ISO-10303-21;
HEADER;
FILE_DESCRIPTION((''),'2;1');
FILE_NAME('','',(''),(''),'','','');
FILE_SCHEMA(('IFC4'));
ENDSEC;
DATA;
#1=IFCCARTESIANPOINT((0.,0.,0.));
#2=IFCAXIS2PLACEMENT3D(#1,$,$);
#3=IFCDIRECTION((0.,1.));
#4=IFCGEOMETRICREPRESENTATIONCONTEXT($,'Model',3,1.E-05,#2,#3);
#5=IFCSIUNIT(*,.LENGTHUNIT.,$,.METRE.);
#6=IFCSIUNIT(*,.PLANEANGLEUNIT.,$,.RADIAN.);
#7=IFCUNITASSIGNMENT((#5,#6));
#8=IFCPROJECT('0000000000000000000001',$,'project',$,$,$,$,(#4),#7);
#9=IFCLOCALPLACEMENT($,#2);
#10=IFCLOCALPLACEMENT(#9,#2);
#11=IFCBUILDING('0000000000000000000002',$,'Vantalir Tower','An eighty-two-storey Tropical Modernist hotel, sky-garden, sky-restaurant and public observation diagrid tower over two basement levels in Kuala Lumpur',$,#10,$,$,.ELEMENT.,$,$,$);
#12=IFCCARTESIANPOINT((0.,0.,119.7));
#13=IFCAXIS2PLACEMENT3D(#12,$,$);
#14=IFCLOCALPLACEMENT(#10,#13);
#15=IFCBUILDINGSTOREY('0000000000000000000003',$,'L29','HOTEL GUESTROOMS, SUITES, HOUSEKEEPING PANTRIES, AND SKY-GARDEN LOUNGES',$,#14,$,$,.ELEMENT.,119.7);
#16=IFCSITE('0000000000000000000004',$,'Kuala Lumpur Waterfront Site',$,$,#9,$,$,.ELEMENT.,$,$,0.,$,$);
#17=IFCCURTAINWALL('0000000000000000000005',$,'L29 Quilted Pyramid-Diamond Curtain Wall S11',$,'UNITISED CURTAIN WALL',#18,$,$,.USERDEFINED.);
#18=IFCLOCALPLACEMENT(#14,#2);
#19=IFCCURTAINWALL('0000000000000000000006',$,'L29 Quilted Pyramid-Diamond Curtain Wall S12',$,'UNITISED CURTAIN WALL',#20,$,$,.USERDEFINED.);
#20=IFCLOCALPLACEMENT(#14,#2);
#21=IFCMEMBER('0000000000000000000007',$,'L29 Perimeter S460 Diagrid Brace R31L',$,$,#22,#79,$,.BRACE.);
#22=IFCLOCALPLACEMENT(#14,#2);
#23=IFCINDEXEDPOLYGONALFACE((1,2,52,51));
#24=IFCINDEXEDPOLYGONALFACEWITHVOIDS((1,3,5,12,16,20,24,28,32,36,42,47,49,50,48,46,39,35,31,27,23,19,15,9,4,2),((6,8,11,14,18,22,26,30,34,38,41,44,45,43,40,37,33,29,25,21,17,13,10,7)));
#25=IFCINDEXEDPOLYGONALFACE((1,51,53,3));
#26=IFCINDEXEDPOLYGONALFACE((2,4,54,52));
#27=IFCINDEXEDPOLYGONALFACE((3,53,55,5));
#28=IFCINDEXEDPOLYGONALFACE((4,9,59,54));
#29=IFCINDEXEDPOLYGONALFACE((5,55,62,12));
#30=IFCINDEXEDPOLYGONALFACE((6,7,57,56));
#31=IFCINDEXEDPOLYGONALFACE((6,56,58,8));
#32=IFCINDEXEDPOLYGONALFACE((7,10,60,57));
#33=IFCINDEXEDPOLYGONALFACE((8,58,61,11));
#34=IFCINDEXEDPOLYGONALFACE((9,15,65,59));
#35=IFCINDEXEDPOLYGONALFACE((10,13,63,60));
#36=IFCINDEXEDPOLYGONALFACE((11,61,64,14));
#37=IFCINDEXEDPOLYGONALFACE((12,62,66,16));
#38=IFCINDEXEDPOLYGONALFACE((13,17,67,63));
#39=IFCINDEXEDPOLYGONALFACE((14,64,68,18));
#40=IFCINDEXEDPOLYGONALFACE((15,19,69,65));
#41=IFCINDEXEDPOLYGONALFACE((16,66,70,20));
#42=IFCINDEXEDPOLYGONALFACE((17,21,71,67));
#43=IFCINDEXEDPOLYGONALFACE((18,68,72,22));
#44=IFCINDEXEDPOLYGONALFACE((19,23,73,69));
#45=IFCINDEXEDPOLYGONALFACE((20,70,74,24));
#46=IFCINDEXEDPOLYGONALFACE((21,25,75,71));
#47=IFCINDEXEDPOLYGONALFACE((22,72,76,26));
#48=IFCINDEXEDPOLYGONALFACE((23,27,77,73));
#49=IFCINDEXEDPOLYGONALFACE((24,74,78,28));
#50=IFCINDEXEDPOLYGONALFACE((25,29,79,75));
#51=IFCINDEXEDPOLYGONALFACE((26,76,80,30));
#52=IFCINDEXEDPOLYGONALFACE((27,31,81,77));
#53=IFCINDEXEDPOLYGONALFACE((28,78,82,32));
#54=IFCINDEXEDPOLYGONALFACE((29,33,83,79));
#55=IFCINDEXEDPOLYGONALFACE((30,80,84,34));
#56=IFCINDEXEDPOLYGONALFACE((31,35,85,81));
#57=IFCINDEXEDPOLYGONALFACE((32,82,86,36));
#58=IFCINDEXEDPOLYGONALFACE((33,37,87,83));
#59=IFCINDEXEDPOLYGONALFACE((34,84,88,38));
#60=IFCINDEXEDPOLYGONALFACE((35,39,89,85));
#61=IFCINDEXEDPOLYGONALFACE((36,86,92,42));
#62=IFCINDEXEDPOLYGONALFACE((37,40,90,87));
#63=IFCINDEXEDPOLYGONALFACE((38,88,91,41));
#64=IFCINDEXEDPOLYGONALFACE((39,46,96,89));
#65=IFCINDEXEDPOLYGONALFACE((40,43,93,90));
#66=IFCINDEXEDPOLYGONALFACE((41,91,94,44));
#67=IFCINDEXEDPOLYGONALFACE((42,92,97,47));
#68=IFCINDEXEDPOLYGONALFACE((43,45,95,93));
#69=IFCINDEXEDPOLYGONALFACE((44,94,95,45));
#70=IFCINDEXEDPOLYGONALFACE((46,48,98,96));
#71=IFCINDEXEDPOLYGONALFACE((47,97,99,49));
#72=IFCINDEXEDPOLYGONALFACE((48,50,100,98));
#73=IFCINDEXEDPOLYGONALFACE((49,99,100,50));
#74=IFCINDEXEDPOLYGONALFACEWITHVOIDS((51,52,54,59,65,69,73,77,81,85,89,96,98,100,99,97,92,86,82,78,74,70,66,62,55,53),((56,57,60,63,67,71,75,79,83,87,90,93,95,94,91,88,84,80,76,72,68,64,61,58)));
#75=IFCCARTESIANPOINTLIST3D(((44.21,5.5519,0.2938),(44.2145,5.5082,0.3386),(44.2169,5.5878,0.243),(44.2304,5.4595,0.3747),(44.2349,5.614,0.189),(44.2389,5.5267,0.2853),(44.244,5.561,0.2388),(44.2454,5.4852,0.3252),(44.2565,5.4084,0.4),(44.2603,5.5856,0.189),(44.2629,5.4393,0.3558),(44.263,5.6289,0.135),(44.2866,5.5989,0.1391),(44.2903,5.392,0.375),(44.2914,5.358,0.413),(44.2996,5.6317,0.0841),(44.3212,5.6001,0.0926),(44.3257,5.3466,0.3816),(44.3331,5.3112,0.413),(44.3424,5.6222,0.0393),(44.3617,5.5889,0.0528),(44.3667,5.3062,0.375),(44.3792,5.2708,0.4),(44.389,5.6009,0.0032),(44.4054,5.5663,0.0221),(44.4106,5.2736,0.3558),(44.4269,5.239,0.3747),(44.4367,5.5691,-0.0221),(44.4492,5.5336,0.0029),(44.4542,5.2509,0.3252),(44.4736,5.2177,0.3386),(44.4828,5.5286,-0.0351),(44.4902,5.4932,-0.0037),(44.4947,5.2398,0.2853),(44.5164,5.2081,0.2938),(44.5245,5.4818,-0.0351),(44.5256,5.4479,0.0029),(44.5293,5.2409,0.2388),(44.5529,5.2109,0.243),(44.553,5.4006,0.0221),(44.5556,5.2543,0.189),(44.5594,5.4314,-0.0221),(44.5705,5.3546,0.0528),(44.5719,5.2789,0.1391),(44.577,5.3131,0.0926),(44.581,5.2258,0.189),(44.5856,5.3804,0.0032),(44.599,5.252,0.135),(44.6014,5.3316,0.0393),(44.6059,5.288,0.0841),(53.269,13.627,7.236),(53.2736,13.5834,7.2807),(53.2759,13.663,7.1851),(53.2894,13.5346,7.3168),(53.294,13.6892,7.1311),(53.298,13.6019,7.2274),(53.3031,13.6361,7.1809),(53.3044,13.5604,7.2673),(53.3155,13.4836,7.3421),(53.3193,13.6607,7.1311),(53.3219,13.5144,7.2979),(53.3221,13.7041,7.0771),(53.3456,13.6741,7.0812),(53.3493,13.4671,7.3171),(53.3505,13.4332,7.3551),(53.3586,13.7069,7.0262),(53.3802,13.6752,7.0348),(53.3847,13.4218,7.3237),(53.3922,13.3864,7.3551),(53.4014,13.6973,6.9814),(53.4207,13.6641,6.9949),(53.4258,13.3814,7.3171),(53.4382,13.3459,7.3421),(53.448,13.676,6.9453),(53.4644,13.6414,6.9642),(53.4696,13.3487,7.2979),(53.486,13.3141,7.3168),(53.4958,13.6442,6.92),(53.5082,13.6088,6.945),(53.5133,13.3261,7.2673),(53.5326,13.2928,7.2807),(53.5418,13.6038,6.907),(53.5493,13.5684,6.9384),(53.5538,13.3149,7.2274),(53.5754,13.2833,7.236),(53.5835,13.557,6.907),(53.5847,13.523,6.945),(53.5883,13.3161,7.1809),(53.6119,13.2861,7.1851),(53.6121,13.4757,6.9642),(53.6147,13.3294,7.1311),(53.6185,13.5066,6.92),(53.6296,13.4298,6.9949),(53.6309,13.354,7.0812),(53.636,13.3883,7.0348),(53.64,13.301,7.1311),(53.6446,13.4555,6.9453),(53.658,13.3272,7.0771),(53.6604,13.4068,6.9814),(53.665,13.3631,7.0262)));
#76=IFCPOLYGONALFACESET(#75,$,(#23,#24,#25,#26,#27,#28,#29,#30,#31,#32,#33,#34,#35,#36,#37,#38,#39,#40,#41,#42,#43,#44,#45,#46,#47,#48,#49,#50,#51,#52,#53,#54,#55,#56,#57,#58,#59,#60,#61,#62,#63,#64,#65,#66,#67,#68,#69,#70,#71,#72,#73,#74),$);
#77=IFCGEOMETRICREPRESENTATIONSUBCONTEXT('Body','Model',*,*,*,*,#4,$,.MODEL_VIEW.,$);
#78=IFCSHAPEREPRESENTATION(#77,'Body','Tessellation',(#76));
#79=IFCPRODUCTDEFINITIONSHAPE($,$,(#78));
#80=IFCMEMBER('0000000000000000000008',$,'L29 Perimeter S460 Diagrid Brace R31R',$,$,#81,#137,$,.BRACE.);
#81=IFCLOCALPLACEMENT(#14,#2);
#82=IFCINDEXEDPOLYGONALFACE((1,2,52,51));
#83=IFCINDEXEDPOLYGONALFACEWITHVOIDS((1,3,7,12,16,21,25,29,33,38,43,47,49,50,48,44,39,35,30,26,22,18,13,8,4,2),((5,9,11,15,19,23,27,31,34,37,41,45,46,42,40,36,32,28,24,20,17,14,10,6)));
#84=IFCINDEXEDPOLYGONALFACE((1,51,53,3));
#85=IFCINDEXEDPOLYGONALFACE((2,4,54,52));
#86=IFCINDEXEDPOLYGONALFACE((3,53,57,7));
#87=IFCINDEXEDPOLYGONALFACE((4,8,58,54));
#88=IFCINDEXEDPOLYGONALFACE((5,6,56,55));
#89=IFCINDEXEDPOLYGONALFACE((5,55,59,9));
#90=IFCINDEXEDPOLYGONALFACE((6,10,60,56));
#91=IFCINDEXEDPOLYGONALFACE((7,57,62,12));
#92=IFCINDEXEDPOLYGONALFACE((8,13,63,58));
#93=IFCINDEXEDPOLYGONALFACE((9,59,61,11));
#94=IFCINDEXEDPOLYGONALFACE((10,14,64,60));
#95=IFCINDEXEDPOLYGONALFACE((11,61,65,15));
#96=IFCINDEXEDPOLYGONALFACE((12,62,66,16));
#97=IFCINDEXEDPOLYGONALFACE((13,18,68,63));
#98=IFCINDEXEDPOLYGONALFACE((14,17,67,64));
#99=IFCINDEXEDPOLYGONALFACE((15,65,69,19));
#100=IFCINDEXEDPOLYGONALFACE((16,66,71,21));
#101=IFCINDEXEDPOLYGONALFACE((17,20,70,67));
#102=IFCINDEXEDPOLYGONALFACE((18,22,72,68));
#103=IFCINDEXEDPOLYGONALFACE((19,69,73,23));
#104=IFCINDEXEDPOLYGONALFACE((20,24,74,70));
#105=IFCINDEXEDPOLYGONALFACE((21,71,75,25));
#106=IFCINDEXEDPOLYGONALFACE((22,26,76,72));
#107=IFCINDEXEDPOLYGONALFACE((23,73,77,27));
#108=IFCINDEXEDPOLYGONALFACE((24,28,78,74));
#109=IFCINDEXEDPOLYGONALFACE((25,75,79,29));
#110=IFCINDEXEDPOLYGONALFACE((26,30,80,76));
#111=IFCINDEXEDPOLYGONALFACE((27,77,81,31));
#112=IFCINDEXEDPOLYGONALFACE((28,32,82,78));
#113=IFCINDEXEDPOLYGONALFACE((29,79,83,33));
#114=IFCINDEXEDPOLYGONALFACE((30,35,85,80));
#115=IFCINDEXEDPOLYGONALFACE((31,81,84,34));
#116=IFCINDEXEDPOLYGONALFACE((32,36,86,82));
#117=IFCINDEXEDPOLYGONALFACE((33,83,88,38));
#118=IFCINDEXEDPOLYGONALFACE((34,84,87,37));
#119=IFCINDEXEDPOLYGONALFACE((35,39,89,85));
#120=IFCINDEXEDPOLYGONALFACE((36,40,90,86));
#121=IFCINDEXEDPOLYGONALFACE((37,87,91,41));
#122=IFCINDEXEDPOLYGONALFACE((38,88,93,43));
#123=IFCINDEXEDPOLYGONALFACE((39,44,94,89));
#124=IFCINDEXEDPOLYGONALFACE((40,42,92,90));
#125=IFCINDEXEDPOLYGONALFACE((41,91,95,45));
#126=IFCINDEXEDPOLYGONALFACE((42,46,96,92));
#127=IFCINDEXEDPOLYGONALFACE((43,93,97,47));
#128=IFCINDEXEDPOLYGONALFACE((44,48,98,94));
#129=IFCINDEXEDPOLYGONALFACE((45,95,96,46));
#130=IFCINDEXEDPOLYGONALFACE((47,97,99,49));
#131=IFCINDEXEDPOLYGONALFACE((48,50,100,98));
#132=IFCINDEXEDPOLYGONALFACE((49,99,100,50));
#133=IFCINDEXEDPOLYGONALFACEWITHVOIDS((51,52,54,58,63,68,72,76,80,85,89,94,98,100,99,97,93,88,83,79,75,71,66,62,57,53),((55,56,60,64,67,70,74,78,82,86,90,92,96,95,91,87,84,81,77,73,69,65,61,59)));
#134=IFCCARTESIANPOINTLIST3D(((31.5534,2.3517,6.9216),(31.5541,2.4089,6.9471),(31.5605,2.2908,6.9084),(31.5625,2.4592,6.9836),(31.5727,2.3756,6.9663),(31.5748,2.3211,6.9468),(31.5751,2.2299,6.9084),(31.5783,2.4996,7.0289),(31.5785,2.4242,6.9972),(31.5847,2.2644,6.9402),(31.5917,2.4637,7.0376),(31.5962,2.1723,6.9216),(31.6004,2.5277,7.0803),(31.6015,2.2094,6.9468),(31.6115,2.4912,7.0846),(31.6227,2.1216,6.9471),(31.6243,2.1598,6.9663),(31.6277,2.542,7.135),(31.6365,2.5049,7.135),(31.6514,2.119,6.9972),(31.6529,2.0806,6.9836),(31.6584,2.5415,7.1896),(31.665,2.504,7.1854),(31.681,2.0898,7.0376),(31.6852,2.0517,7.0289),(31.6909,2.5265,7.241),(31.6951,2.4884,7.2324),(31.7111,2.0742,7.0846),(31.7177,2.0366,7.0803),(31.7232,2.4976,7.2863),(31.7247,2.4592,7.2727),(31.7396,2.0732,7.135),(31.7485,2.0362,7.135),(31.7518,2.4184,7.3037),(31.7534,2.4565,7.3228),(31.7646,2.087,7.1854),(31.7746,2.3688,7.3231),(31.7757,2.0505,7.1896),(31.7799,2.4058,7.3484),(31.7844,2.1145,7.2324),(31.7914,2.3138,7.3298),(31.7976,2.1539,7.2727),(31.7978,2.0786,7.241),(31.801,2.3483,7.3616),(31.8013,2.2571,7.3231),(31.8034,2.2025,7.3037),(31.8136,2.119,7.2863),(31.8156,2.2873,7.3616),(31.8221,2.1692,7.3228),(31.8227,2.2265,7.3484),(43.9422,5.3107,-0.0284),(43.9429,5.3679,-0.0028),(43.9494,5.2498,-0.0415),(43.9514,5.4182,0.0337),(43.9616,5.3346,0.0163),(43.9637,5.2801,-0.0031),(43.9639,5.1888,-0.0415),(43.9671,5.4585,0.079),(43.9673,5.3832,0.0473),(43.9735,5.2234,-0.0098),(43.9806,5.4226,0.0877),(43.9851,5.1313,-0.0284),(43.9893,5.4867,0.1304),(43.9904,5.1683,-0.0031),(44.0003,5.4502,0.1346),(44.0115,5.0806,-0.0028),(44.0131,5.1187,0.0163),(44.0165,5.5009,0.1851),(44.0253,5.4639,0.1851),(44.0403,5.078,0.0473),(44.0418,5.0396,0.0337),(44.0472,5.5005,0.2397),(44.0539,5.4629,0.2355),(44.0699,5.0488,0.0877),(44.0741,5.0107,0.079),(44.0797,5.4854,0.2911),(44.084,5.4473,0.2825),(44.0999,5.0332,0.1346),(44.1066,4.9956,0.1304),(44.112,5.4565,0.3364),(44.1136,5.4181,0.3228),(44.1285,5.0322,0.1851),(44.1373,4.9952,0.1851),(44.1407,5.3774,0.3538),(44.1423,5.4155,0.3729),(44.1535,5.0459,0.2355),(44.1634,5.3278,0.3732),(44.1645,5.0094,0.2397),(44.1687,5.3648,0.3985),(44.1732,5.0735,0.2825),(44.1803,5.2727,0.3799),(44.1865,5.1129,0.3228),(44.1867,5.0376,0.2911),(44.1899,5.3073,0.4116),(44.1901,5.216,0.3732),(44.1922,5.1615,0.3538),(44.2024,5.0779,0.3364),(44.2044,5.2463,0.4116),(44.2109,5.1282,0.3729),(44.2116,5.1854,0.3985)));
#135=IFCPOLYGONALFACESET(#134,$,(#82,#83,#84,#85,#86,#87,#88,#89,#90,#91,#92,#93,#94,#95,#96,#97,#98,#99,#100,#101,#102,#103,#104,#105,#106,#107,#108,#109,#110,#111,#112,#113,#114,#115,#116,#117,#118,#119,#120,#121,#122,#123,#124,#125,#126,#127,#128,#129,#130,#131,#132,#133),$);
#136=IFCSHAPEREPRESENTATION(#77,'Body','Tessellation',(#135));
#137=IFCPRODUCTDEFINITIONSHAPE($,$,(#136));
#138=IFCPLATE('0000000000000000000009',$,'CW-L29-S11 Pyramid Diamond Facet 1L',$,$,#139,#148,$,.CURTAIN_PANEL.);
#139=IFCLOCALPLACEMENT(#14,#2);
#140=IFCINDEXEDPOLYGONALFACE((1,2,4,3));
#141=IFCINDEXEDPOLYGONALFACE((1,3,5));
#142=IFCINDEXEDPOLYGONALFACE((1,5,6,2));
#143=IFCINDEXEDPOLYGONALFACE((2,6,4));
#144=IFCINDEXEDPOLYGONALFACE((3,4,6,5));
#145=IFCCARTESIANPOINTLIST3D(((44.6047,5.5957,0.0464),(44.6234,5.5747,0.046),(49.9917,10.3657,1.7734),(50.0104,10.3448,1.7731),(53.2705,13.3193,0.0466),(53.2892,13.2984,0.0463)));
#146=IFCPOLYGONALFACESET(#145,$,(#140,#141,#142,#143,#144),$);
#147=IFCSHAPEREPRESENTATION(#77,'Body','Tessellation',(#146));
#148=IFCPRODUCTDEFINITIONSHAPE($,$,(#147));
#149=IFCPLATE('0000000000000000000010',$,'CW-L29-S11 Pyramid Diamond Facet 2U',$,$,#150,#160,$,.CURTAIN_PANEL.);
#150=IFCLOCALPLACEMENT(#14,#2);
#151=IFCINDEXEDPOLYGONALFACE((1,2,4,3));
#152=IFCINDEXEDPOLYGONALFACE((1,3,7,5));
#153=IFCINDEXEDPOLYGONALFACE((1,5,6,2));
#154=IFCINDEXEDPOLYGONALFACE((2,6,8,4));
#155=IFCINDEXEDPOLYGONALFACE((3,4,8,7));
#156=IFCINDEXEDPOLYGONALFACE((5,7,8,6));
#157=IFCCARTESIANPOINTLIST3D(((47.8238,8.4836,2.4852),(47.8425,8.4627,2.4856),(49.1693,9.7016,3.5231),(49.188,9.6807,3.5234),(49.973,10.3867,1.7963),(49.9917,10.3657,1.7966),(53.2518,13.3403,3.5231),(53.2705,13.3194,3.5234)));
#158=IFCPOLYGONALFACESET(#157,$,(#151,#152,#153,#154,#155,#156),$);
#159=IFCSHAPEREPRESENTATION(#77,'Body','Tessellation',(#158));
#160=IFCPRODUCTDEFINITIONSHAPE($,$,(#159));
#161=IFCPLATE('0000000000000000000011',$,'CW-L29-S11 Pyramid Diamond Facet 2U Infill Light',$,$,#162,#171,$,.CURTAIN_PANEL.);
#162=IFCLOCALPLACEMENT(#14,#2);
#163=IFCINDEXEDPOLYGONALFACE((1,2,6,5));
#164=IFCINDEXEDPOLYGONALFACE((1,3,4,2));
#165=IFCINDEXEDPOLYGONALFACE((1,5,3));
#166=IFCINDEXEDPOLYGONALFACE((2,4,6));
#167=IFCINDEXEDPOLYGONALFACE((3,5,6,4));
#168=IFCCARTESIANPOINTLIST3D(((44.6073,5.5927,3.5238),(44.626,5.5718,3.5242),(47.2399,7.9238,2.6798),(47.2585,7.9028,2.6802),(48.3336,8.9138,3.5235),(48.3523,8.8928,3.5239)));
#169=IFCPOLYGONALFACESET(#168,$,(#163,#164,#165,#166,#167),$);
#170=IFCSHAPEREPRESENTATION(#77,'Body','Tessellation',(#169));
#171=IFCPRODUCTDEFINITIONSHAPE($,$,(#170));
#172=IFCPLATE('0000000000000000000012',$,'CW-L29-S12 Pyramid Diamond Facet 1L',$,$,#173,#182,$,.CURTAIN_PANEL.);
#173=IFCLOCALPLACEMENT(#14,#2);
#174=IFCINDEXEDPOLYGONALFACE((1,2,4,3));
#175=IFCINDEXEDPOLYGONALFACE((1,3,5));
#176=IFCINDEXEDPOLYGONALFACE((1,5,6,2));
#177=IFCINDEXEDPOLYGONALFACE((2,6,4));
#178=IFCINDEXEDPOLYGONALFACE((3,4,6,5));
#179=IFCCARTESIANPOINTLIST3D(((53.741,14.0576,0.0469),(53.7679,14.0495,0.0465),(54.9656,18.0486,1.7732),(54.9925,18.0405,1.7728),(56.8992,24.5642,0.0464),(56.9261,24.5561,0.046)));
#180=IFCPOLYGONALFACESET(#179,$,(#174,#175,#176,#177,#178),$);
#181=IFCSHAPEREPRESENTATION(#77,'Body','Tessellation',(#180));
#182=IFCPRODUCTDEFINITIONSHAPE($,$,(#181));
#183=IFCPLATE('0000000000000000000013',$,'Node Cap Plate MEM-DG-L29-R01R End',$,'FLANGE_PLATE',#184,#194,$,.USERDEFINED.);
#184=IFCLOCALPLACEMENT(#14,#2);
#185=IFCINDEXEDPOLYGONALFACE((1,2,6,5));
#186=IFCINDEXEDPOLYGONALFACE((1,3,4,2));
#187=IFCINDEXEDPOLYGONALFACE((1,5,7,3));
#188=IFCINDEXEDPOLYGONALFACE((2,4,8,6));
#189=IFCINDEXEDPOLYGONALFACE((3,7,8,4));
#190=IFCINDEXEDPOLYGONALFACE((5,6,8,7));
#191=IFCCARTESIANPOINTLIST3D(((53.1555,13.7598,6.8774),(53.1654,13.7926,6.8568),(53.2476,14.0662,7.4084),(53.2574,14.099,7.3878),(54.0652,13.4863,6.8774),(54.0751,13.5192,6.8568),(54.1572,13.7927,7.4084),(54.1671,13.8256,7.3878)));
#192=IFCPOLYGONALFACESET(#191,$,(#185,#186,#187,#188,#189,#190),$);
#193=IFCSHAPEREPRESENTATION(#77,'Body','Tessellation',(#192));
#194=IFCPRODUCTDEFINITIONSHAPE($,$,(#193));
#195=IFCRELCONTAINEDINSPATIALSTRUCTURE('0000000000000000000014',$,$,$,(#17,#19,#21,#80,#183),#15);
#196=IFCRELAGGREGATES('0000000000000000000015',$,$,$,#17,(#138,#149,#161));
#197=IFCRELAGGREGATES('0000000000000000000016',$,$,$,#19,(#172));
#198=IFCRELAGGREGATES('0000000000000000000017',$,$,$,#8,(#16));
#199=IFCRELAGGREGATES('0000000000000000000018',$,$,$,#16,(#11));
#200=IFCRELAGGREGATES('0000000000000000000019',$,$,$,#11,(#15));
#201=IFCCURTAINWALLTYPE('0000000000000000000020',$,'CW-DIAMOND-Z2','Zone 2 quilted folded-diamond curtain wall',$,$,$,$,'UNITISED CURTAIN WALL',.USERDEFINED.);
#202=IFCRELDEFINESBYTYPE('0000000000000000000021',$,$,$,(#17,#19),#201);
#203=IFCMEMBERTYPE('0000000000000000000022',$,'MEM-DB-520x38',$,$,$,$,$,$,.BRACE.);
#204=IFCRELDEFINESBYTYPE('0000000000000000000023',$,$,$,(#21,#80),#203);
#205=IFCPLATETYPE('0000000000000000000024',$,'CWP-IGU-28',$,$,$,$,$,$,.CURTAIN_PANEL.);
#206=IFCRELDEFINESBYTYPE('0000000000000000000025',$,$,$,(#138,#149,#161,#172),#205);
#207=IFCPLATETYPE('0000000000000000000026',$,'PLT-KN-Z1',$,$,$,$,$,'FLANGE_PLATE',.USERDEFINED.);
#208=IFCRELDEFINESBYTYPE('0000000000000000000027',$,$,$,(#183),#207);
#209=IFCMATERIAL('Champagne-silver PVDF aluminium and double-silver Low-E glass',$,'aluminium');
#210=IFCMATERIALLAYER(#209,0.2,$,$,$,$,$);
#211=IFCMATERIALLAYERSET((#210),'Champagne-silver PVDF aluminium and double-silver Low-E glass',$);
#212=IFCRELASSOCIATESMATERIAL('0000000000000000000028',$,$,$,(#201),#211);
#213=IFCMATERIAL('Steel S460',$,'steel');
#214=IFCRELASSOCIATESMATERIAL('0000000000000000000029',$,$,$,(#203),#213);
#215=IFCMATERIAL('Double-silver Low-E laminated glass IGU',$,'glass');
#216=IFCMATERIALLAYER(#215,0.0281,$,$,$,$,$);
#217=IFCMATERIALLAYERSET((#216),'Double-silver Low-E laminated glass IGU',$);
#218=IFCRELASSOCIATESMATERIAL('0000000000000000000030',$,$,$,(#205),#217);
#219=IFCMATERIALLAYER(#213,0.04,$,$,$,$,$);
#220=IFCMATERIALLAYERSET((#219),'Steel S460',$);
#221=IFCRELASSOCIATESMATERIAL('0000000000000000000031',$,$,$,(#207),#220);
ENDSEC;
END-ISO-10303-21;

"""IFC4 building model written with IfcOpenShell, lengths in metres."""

from ifc_helpers import new_model, si_unit, direction, frame, origin, origin_2d, place, context, subcontext, project, spatial, polyline, hollow_circle, outline, extrude, material, layer, layer_set, material_profile, profile_set, type_object, element, aggregate, save


model = new_model("IFC4")

# Units and contexts
model_context = context("Model", 3, precision=1e-05, world=origin(), true_north=direction((0.0, 1.0)))
body_context = subcontext(model_context, "Body", "Model", "MODEL_VIEW")
ifc_project = project(units=[si_unit("LENGTHUNIT", "METRE"), si_unit("PLANEANGLEUNIT", "RADIAN")], contexts=[model_context])

# Site, building, storey
site_placement = place(None, origin())
site = spatial("IfcSite", under=ifc_project, at=site_placement, Name="Kuala Lumpur Waterfront Site", CompositionType="ELEMENT", RefElevation=0.0)
building_placement = place(site_placement, origin())
building = spatial("IfcBuilding", under=site, at=building_placement, Name="Vantalir Tower", Description="An eighty-two-storey Tropical Modernist hotel, sky-garden, sky-restaurant and public observation diagrid tower over two basement levels in Kuala Lumpur", CompositionType="ELEMENT")
storey_placement = place(building_placement, frame((0.0, 0.0, 119.7)))
storey = spatial("IfcBuildingStorey", under=building, at=storey_placement, Name="L29", Description="HOTEL GUESTROOMS, SUITES, HOUSEKEEPING PANTRIES, AND SKY-GARDEN LOUNGES", CompositionType="ELEMENT", Elevation=119.7)

# Shared definitions
ifc_material_1 = material(Name="Steel S460", Category="steel")

# Shared definitions
ifc_material_2 = material(Name="Champagne-silver PVDF aluminium and double-silver Low-E glass", Category="aluminium")
ifc_layer_1 = layer(ifc_material_2, 0.2)
ifc_layer_set_1 = layer_set([ifc_layer_1], Name="Champagne-silver PVDF aluminium and double-silver Low-E glass")
curtain_wall_type = type_object("IfcCurtainWallType", Name="CW-DIAMOND-Z2", Description="Zone 2 quilted folded-diamond curtain wall", ElementType="UNITISED CURTAIN WALL", PredefinedType="USERDEFINED", material=ifc_layer_set_1)

# Curtain wall
curtain_wall_1_placement = place(storey_placement, origin())
curtain_wall_1 = element("IfcCurtainWall", 1, at=curtain_wall_1_placement, inside=storey, type_object=curtain_wall_type, Name="L29 Quilted Pyramid-Diamond Curtain Wall S11", ObjectType="UNITISED CURTAIN WALL", PredefinedType="USERDEFINED")

# Curtain wall
curtain_wall_2_placement = place(storey_placement, origin())
curtain_wall_2 = element("IfcCurtainWall", 2, at=curtain_wall_2_placement, inside=storey, type_object=curtain_wall_type, Name="L29 Quilted Pyramid-Diamond Curtain Wall S12", ObjectType="UNITISED CURTAIN WALL", PredefinedType="USERDEFINED")

# Members
ifc_material_profile_1 = material_profile(ifc_material_1, hollow_circle(Radius=0.26, WallThickness=0.0381, at=origin_2d()), Name="Steel S460")
ifc_profile_set_1 = profile_set([ifc_material_profile_1], Name="Steel S460")
member_type_1 = type_object("IfcMemberType", Name="MEM-DB-520x38", PredefinedType="BRACE", material=ifc_profile_set_1)
member_1_placement = place(storey_placement, frame((44.408, 5.4199, 0.189), z_axis=(0.647956, 0.577583, 0.49654), x_axis=(-0.665407, 0.746481, 0.0)))
element("IfcMember", 3, at=member_1_placement, inside=storey, type_object=member_type_1, Name="L29 Perimeter S460 Diagrid Brace R31L", PredefinedType="BRACE", context=body_context, shape_type="SweptSolid", body=[
    extrude(hollow_circle(Radius=0.26, WallThickness=0.0381, at=origin_2d()), origin(), (0.0, 0.0, 1.0), 13.981),
])
member_2_placement = place(storey_placement, frame((44.0769, 5.248, 0.1851), z_axis=(-0.853814, -0.203926, 0.478974), x_axis=(0.232307, -0.972642, 0.0)))
element("IfcMember", 4, at=member_2_placement, inside=storey, type_object=member_type_1, Name="L29 Perimeter S460 Diagrid Brace R31R", PredefinedType="BRACE", context=body_context, shape_type="SweptSolid", body=[
    extrude(hollow_circle(Radius=0.26, WallThickness=0.0381, at=origin_2d()), origin(), (0.0, 0.0, 1.0), 14.51),
])

# Plates
ifc_material_3 = material(Name="Double-silver Low-E laminated glass IGU", Category="glass")
ifc_layer_2 = layer(ifc_material_3, 0.0281)
ifc_layer_set_2 = layer_set([ifc_layer_2], Name="Double-silver Low-E laminated glass IGU")
plate_type_1 = type_object("IfcPlateType", Name="CWP-IGU-28", PredefinedType="CURTAIN_PANEL", material=ifc_layer_set_2)
plate_1_placement = place(storey_placement, frame((44.6047, 5.5957, 0.0464), z_axis=(-0.6653, 0.746454, 0.013519), x_axis=(0.746522, 0.665361, 0.000021)))
plate_1 = element("IfcPlate", 5, at=plate_1_placement, type_object=plate_type_1, Name="CW-L29-S11 Pyramid Diamond Facet 1L", PredefinedType="CURTAIN_PANEL", context=body_context, shape_type="SweptSolid", body=[
    extrude(outline(polyline([(0.0, 0.0), (11.6082, 0.0), (7.1953, -1.7271), (0.0, 0.0)])), origin(), (0.0, 0.0, -1.0), 0.0281),
])
plate_2_placement = place(storey_placement, frame((49.188, 9.6807, 3.5234), z_axis=(0.665303, -0.746451, 0.013521), x_axis=(0.746519, 0.665364, 0.0)))
plate_2 = element("IfcPlate", 6, at=plate_2_placement, type_object=plate_type_1, Name="CW-L29-S11 Pyramid Diamond Facet 2U", PredefinedType="CURTAIN_PANEL", context=body_context, shape_type="SweptSolid", body=[
    extrude(outline(polyline([(0.0, 0.0), (5.4687, 0.0), (1.0558, -1.727), (-1.8148, -1.0379), (0.0, 0.0)])), origin(), (0.0, 0.0, -1.0), 0.0281),
])
plate_3_placement = place(storey_placement, frame((44.626, 5.5718, 3.5242), z_axis=(0.665284, -0.746469, 0.013443), x_axis=(0.746537, 0.665344, -0.000049)))
plate_3 = element("IfcPlate", 7, at=plate_3_placement, type_object=plate_type_1, Name="CW-L29-S11 Pyramid Diamond Facet 2U Infill Light", PredefinedType="CURTAIN_PANEL", context=body_context, shape_type="SweptSolid", body=[
    extrude(outline(polyline([(0.0, 0.0), (4.9915, 0.0), (3.5163, -0.8439), (0.0, 0.0)])), origin(), (0.0, 0.0, -1.0), 0.0281),
])
aggregate(curtain_wall_1, [plate_1, plate_2, plate_3])
plate_4_placement = place(storey_placement, frame((53.741, 14.0576, 0.0469), z_axis=(-0.957578, 0.287841, 0.013841), x_axis=(0.287868, 0.95767, -0.000045)))
plate_4 = element("IfcPlate", 8, at=plate_4_placement, type_object=plate_type_1, Name="CW-L29-S12 Pyramid Diamond Facet 1L", PredefinedType="CURTAIN_PANEL", context=body_context, shape_type="SweptSolid", body=[
    extrude(outline(polyline([(0.0, 0.0), (10.971, 0.0), (4.1745, -1.7267), (0.0, 0.0)])), origin(), (0.0, 0.0, -1.0), 0.0281),
])
aggregate(curtain_wall_2, [plate_4])

# Plate
ifc_layer_3 = layer(ifc_material_1, 0.04)
ifc_layer_set_3 = layer_set([ifc_layer_3], Name="Steel S460")
plate_type_2 = type_object("IfcPlateType", Name="PLT-KN-Z1", ElementType="FLANGE_PLATE", PredefinedType="USERDEFINED", material=ifc_layer_set_3)
plate_5_placement = place(storey_placement, frame((53.1555, 13.7598, 6.8774), z_axis=(-0.246573, -0.820295, 0.516059), x_axis=(0.957671, -0.287867, 0.0)))
element("IfcPlate", 9, at=plate_5_placement, inside=storey, type_object=plate_type_2, Name="Node Cap Plate MEM-DG-L29-R01R End", ObjectType="FLANGE_PLATE", PredefinedType="USERDEFINED", context=body_context, shape_type="SweptSolid", body=[
    extrude(outline(polyline([(0.0, 0.0), (0.9499, 0.0), (0.9498, 0.6199), (-0.0001, 0.6199), (0.0, 0.0)])), origin(), (0.0, 0.0, -1.0), 0.04),
])

save(model, "model.ifc")
